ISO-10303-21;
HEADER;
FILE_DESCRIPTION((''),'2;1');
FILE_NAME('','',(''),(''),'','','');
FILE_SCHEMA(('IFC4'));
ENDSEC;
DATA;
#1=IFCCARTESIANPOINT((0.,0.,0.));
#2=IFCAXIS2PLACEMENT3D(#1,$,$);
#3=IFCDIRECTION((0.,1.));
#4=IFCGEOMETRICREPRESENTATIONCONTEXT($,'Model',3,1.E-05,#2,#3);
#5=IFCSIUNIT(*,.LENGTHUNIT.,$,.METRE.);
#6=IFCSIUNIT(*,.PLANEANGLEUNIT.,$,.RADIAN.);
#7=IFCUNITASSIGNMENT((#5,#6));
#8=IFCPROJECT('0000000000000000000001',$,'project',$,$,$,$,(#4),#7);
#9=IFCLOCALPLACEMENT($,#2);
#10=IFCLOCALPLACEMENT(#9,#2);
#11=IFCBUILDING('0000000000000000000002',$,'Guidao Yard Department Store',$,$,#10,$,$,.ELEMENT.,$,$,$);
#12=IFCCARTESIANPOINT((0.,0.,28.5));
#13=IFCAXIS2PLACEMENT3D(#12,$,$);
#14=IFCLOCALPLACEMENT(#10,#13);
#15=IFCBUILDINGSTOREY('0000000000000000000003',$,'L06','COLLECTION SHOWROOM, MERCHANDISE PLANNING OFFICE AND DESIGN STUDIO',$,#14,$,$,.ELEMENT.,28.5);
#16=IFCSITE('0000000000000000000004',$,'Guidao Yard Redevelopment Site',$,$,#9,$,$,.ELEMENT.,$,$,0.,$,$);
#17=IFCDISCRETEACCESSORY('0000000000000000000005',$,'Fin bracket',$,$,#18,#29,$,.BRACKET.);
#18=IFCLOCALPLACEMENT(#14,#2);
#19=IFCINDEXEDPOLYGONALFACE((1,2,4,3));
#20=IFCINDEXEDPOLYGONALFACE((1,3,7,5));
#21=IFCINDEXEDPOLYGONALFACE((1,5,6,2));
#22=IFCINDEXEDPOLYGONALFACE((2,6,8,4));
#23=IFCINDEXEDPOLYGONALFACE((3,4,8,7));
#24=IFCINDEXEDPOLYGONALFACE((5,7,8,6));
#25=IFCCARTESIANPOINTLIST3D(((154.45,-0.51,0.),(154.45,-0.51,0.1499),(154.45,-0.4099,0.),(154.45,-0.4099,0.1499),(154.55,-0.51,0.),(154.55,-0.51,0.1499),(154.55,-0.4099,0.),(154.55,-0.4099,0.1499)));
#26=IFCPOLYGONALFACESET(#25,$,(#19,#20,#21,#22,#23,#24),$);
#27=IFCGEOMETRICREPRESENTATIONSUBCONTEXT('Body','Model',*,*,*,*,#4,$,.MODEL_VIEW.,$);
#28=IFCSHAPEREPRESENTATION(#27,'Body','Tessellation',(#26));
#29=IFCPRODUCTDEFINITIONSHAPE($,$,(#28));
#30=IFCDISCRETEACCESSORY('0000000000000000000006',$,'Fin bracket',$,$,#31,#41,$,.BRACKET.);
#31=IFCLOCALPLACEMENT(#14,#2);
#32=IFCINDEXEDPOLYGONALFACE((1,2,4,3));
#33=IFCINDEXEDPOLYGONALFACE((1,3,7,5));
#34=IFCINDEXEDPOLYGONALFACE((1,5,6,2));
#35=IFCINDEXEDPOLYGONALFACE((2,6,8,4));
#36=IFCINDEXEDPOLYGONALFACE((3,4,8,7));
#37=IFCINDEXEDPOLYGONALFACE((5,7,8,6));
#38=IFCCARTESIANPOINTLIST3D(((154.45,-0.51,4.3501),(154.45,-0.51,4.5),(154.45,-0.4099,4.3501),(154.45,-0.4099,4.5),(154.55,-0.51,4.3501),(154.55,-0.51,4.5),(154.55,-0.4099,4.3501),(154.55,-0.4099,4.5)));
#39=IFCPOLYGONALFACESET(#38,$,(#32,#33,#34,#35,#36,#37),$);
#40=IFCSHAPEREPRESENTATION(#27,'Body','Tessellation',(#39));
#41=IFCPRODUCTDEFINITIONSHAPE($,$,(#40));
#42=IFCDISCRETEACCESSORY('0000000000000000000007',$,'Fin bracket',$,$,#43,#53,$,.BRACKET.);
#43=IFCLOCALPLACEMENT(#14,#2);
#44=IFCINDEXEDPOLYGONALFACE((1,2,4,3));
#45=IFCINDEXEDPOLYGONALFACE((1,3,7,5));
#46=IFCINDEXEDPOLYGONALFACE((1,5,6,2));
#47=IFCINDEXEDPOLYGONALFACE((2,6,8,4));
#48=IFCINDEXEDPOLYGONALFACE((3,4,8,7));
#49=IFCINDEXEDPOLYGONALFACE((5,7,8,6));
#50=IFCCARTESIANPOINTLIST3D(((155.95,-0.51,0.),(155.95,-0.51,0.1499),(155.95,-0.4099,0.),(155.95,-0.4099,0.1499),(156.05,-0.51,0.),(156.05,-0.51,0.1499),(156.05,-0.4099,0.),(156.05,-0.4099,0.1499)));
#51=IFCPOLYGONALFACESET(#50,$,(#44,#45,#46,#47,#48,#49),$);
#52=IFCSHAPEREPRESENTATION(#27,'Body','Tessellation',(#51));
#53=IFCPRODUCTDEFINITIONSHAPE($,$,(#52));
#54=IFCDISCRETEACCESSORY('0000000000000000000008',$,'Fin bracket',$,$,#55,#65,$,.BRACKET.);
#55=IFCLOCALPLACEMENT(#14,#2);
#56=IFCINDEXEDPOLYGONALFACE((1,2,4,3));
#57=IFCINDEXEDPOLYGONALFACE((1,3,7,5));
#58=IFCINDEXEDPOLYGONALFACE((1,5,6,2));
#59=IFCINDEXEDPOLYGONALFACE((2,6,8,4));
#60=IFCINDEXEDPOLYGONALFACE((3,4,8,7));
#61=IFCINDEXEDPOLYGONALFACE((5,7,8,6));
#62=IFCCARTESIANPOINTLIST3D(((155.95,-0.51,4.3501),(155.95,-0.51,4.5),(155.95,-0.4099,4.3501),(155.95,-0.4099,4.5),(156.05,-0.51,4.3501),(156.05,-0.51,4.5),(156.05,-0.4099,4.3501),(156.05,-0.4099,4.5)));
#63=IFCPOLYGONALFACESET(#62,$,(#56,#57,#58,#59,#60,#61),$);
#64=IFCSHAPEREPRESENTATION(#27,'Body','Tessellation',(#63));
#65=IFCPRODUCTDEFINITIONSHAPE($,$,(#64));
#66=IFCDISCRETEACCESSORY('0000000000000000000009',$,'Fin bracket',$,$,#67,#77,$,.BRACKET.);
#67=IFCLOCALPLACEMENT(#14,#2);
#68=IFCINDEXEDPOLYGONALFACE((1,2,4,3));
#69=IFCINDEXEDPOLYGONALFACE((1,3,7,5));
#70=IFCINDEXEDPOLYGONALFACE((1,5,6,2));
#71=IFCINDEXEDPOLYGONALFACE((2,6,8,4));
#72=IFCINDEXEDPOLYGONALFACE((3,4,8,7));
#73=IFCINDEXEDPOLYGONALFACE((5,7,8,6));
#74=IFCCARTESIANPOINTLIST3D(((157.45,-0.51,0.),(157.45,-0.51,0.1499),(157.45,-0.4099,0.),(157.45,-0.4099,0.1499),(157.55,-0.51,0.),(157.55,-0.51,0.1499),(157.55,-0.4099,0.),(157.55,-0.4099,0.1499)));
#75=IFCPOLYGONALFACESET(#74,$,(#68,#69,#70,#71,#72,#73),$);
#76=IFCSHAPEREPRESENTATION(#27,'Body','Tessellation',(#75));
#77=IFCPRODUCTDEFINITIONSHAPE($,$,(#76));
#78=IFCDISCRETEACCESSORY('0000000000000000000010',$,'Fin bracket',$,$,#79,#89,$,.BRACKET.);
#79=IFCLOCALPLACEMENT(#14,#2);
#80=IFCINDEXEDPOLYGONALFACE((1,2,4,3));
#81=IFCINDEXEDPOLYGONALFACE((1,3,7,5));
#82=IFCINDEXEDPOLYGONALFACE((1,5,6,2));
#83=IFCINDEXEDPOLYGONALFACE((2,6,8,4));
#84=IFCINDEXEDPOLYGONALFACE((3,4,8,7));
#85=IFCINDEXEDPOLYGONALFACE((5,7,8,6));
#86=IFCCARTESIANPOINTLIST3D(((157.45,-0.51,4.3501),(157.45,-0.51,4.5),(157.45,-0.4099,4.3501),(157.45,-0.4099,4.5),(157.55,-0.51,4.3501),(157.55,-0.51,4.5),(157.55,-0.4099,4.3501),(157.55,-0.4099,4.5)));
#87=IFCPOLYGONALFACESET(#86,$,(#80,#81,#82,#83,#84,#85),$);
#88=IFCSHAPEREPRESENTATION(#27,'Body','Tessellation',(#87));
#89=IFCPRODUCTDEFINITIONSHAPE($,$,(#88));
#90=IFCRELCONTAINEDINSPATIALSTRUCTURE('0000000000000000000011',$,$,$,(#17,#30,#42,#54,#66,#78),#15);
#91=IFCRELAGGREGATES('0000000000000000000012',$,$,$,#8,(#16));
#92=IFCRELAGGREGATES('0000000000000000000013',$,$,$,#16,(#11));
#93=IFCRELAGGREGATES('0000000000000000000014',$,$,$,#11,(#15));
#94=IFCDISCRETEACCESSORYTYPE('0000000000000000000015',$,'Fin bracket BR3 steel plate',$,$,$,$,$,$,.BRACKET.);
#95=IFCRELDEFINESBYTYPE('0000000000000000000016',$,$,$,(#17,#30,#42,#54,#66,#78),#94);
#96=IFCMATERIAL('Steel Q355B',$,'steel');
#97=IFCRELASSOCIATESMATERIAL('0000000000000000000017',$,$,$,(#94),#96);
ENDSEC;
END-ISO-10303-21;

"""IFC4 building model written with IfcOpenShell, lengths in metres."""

from ifc_helpers import new_model, si_unit, direction, frame, origin, origin_2d, place, context, subcontext, project, spatial, rectangle, extrude, material, type_object, element, save


model = new_model("IFC4")

# Units and contexts
model_context = context("Model", 3, precision=1e-05, world=origin(), true_north=direction((0.0, 1.0)))
body_context = subcontext(model_context, "Body", "Model", "MODEL_VIEW")
ifc_project = project(units=[si_unit("LENGTHUNIT", "METRE"), si_unit("PLANEANGLEUNIT", "RADIAN")], contexts=[model_context])

# Site, building, storey
site_placement = place(None, origin())
site = spatial("IfcSite", under=ifc_project, at=site_placement, Name="Guidao Yard Redevelopment Site", CompositionType="ELEMENT", RefElevation=0.0)
building_placement = place(site_placement, origin())
building = spatial("IfcBuilding", under=site, at=building_placement, Name="Guidao Yard Department Store", CompositionType="ELEMENT")
storey_placement = place(building_placement, frame((0.0, 0.0, 28.5)))
storey = spatial("IfcBuildingStorey", under=building, at=storey_placement, Name="L06", Description="COLLECTION SHOWROOM, MERCHANDISE PLANNING OFFICE AND DESIGN STUDIO", CompositionType="ELEMENT", Elevation=28.5)

# Discrete accessories
ifc_material_1 = material(Name="Steel Q355B", Category="steel")
discrete_accessory_type = type_object("IfcDiscreteAccessoryType", Name="Fin bracket BR3 steel plate", PredefinedType="BRACKET", material=ifc_material_1)
for number, where, z_axis, x_axis, name in (
    (1, (154.5, -0.46, 0.0), (0.0, 0.0, 1.0), (-1.0, 0.0, 0.0), "Fin bracket"),
    (2, (154.5, -0.46, 4.3501), (0.0, 0.0, 1.0), (-1.0, 0.0, 0.0), "Fin bracket"),
    (3, (156.0, -0.46, 0.0), (0.0, 0.0, 1.0), (-1.0, 0.0, 0.0), "Fin bracket"),
    (4, (156.0, -0.46, 4.3501), (0.0, 0.0, 1.0), (-1.0, 0.0, 0.0), "Fin bracket"),
    (5, (157.5, -0.46, 0.0), (0.0, 0.0, 1.0), (-1.0, 0.0, 0.0), "Fin bracket"),
    (6, (157.5, -0.46, 4.3501), (0.0, 0.0, 1.0), (-1.0, 0.0, 0.0), "Fin bracket"),
):
    element("IfcDiscreteAccessory", number, at=place(storey_placement, frame(where, z_axis=z_axis, x_axis=x_axis)), inside=storey, type_object=discrete_accessory_type, Name=name, PredefinedType="BRACKET", context=body_context, shape_type="SweptSolid", body=[
        extrude(rectangle(XDim=0.1001, YDim=0.1001, at=origin_2d()), origin(), (0.0, 0.0, 1.0), 0.1499),
    ])

save(model, "model.ifc")
